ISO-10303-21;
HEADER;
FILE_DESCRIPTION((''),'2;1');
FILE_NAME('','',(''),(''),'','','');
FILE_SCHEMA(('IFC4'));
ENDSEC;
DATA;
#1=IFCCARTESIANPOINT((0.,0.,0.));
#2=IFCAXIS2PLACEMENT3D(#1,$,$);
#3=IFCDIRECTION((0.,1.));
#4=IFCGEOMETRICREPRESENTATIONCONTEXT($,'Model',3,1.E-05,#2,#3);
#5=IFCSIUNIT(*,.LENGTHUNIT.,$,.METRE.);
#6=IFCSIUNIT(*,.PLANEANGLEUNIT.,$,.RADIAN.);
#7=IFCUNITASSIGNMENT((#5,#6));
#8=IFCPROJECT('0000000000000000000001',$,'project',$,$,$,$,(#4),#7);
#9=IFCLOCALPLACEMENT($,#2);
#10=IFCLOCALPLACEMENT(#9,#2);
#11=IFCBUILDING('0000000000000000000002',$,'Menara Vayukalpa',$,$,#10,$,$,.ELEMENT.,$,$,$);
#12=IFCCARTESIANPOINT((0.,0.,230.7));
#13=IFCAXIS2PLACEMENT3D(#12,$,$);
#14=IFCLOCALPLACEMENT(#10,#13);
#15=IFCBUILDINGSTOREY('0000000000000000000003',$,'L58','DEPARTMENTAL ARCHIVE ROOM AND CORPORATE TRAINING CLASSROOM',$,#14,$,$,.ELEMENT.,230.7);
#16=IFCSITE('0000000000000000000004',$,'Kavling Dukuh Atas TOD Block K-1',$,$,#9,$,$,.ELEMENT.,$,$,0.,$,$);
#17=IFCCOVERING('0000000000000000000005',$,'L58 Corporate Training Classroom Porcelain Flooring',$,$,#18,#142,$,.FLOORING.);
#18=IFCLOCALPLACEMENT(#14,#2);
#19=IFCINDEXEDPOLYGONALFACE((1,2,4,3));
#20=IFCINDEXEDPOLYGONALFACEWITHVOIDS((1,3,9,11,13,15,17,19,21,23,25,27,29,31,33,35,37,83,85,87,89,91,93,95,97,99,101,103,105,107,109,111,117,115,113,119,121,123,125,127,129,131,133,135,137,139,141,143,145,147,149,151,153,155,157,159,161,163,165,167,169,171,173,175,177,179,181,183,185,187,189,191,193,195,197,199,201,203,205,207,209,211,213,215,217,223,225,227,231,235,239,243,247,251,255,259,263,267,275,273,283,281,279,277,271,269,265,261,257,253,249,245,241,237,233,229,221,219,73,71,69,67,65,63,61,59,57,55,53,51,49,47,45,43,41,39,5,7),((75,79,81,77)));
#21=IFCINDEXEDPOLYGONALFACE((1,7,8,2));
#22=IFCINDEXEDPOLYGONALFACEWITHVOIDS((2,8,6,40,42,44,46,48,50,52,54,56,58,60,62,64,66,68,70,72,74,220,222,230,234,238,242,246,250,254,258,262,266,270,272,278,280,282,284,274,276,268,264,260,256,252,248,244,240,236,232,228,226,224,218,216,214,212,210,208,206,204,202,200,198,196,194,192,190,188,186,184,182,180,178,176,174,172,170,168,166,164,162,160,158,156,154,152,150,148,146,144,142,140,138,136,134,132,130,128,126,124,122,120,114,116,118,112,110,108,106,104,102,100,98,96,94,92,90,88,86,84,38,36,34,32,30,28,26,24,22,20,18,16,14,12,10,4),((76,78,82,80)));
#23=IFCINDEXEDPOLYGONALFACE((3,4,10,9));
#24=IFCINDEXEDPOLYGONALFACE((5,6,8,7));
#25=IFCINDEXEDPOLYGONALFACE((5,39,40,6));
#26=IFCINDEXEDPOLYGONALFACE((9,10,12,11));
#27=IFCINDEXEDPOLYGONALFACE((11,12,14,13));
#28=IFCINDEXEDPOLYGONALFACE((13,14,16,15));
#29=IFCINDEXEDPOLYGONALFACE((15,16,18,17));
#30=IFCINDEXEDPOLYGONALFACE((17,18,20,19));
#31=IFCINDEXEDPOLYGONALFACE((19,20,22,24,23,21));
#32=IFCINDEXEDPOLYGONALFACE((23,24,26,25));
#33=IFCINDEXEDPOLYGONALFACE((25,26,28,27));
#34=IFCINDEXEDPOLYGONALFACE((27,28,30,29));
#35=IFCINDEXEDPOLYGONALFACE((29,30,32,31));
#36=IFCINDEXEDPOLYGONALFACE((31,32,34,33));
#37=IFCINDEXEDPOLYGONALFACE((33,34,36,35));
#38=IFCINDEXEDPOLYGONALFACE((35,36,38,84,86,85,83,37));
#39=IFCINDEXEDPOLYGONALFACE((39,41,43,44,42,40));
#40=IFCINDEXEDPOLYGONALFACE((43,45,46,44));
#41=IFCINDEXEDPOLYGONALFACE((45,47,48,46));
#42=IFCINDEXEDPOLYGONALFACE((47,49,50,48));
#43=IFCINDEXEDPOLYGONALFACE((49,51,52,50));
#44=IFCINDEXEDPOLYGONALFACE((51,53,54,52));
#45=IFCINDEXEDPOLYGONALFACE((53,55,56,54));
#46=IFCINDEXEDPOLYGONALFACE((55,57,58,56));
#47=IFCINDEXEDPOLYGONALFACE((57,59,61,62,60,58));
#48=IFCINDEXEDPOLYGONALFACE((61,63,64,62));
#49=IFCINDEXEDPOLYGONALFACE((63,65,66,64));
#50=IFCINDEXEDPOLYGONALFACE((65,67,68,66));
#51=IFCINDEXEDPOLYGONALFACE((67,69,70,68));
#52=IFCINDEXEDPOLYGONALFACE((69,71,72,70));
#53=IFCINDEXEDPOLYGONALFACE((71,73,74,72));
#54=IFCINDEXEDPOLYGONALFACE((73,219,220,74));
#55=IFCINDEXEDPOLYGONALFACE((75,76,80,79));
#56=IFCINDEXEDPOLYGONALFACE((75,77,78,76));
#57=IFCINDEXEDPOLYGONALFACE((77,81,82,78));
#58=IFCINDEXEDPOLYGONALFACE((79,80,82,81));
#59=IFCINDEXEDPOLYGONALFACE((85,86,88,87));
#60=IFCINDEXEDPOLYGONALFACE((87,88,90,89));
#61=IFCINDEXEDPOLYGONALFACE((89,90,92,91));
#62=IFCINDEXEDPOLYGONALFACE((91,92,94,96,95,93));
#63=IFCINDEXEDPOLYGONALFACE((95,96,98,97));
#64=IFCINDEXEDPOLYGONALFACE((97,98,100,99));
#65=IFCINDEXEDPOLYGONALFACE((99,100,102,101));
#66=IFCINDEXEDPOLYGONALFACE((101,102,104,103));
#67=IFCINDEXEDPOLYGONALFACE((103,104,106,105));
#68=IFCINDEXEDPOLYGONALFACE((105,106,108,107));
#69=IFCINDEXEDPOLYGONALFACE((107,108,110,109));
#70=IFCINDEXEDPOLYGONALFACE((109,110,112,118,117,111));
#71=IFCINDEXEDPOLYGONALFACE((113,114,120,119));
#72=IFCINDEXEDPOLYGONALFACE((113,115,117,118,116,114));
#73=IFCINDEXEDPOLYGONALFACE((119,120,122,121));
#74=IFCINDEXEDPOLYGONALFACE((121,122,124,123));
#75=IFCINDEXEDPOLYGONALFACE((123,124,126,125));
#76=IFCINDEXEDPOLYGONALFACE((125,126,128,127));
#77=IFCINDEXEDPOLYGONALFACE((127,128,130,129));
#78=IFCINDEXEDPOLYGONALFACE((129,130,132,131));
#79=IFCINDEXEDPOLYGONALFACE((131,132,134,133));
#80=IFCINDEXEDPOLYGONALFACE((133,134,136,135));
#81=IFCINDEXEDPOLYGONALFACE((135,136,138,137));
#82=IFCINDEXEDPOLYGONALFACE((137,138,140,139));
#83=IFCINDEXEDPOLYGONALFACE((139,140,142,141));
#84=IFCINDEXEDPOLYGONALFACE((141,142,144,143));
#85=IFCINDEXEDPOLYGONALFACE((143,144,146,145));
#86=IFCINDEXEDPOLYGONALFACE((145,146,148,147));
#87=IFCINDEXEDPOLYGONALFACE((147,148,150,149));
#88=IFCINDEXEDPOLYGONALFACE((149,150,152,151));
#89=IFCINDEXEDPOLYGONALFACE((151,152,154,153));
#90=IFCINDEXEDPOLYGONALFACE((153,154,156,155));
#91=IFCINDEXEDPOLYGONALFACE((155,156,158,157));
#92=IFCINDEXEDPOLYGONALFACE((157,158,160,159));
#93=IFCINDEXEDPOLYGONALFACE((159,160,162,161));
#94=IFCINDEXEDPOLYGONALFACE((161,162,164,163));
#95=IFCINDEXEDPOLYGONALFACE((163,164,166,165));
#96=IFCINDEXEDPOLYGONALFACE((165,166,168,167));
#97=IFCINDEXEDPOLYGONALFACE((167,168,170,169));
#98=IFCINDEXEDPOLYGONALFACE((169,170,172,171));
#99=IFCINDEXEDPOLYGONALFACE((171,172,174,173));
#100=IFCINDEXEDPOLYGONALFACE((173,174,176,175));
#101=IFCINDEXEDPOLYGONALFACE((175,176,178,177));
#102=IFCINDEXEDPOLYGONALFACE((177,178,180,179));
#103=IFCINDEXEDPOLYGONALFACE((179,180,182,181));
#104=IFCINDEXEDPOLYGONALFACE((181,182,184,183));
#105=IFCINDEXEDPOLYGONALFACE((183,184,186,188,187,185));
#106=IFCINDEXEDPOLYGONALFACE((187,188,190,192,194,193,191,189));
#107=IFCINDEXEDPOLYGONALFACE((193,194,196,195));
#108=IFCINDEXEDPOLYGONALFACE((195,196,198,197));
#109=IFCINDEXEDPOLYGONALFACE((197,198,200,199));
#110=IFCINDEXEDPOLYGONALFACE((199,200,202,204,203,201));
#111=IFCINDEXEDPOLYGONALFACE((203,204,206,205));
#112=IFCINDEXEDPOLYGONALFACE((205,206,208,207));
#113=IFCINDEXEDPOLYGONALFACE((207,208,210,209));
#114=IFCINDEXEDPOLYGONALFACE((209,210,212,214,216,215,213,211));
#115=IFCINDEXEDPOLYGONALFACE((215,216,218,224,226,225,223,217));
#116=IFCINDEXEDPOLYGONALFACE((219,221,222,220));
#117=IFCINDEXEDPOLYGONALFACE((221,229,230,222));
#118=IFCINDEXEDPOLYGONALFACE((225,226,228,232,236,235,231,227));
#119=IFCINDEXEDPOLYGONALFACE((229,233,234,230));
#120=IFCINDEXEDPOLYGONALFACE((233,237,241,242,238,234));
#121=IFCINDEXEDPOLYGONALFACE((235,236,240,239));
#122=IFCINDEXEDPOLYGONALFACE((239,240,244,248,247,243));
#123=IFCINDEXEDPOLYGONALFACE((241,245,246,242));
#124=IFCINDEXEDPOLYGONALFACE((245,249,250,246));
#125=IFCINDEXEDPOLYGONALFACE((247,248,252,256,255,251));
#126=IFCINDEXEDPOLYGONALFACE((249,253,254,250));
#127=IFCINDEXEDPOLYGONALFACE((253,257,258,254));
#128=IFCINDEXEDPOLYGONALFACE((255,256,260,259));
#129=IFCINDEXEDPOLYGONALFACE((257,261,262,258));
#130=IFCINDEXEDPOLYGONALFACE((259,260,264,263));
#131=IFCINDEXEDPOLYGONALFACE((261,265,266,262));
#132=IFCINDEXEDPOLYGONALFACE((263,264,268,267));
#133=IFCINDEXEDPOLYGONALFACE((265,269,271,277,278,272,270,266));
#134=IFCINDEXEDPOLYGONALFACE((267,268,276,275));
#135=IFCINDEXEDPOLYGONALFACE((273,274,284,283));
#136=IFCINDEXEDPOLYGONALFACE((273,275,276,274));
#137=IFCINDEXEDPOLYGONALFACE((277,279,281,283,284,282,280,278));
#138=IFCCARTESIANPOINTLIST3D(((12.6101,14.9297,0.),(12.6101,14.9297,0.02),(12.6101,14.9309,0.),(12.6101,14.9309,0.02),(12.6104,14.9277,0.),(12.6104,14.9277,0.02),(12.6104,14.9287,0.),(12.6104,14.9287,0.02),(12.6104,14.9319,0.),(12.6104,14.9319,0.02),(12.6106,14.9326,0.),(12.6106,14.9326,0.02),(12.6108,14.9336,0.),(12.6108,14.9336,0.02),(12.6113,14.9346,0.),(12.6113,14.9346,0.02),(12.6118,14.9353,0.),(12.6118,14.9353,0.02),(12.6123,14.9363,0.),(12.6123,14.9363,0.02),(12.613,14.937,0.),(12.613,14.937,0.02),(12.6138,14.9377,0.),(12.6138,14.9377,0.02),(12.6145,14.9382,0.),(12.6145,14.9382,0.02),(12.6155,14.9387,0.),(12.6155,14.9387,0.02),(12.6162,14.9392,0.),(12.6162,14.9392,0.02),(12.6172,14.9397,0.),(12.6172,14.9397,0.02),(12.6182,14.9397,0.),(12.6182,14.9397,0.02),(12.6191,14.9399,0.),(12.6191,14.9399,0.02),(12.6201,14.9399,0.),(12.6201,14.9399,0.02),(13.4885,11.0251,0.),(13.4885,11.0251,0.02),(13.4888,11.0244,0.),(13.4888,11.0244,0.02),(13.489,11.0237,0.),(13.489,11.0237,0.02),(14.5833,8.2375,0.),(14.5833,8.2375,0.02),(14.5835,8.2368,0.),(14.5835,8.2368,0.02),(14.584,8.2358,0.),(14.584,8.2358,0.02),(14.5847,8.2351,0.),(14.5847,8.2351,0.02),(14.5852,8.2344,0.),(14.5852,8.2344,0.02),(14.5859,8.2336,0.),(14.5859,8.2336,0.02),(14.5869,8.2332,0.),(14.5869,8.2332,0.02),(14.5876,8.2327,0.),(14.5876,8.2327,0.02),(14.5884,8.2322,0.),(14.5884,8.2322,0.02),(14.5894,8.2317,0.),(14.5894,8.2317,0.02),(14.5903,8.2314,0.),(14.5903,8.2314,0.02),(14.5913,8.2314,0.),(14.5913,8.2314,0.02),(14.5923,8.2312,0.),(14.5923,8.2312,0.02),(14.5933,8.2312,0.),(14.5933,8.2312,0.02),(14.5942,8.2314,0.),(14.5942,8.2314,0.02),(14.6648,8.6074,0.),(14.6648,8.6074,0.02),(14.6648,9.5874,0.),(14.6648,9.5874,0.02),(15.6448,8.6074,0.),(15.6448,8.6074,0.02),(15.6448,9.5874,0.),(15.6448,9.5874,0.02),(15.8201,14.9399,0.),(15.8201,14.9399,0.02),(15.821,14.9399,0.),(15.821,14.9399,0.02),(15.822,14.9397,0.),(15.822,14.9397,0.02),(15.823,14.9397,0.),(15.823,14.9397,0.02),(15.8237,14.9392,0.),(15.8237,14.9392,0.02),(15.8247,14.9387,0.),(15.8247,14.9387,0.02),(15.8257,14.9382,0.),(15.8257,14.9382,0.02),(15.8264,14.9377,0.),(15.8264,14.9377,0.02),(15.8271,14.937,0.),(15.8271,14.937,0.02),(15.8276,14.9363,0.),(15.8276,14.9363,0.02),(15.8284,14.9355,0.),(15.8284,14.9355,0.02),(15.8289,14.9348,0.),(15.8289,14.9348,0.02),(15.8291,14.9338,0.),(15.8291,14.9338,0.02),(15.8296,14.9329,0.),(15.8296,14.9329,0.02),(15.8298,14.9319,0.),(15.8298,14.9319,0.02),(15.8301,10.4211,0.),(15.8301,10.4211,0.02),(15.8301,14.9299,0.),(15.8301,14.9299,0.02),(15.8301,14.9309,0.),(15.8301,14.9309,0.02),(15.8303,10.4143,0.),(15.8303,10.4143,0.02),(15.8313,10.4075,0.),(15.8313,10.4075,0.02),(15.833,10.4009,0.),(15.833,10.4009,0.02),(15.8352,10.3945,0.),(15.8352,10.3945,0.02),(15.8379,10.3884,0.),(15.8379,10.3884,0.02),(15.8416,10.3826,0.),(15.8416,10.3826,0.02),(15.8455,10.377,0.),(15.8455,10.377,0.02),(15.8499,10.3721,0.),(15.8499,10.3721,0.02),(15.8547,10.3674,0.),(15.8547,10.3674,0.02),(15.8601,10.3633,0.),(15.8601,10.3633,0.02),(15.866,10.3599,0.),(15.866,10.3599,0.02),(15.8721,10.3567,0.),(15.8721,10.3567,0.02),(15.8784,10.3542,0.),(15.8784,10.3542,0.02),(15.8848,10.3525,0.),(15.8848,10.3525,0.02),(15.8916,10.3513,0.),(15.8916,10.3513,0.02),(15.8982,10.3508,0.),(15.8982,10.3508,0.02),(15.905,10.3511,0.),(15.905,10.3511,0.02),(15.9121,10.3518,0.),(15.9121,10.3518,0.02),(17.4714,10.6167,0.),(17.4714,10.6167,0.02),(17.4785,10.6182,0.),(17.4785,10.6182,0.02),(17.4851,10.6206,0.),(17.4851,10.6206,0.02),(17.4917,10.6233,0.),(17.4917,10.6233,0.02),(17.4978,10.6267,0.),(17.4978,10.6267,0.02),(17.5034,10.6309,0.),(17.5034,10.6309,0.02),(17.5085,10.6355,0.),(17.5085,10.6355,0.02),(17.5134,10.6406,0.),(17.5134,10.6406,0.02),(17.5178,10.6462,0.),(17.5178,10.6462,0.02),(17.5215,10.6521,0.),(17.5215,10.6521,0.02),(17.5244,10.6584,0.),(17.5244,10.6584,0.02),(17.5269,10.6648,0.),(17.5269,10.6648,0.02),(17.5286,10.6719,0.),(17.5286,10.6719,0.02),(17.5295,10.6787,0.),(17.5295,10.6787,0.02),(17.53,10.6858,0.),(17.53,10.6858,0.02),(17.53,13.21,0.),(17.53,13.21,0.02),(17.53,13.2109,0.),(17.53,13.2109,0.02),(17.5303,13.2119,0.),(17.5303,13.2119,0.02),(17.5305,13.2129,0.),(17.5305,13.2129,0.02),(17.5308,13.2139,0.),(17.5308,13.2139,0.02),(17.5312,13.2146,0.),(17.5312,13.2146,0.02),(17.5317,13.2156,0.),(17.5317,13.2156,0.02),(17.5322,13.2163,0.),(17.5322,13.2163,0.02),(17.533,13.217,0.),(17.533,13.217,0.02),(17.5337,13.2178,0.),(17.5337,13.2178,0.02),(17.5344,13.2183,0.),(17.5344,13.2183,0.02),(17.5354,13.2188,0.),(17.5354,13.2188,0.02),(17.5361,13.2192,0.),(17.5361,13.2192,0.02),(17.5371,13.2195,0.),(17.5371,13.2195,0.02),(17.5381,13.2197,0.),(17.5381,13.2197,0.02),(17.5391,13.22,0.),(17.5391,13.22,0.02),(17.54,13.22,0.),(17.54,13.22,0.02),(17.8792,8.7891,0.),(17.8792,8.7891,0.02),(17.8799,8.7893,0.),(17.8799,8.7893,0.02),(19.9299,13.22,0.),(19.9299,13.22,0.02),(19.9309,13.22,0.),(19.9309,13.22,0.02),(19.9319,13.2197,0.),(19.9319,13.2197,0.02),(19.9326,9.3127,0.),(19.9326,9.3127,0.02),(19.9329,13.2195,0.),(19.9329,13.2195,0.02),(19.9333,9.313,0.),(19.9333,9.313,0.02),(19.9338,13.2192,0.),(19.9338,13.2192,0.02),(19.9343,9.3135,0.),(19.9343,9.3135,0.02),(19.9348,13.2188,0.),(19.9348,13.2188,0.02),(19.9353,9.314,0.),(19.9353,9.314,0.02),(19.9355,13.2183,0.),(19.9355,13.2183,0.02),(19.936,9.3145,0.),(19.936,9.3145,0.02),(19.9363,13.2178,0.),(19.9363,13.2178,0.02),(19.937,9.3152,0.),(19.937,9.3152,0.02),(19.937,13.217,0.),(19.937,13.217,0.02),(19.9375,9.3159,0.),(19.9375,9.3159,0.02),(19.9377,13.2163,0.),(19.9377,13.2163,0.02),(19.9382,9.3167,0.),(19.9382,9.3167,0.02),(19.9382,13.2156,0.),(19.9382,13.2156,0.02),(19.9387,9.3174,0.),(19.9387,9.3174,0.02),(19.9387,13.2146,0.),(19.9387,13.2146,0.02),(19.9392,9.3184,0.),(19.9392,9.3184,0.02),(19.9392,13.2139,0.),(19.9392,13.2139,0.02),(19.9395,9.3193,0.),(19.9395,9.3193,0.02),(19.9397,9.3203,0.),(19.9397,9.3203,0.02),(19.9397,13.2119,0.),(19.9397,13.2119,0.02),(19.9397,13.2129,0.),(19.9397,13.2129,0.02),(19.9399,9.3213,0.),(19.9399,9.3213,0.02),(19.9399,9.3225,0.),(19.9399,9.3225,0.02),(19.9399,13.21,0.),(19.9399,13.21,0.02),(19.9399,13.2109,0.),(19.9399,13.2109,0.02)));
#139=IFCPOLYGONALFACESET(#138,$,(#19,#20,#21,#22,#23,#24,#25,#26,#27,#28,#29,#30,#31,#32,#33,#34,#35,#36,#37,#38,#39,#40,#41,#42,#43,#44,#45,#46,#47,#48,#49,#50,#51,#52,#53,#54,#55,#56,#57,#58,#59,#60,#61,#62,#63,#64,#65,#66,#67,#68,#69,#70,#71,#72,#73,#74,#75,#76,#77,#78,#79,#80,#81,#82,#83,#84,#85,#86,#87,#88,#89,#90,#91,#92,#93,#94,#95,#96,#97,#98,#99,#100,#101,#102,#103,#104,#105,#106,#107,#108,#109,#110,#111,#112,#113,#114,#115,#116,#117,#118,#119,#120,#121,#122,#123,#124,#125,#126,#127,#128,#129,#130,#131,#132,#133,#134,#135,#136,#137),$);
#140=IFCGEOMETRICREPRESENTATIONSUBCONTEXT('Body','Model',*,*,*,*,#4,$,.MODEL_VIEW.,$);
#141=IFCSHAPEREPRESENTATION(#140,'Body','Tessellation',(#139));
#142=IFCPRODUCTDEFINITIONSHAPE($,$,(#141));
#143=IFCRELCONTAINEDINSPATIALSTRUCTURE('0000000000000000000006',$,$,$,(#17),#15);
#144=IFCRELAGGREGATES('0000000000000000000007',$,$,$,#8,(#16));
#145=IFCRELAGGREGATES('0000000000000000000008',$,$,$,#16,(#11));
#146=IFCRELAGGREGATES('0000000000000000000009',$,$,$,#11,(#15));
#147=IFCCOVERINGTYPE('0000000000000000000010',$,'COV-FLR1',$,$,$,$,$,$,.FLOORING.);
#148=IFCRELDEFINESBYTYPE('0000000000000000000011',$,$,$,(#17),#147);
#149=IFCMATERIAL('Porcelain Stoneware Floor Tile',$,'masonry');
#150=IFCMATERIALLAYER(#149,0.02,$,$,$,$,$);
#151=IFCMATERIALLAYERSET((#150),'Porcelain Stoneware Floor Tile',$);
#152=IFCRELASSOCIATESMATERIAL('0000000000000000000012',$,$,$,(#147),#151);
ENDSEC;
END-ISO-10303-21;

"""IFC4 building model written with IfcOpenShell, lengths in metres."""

from ifc_helpers import new_model, si_unit, direction, frame, origin, place, context, subcontext, project, spatial, polyline, outline, extrude, material, layer, layer_set, type_object, element, save


model = new_model("IFC4")

# Units and contexts
model_context = context("Model", 3, precision=1e-05, world=origin(), true_north=direction((0.0, 1.0)))
body_context = subcontext(model_context, "Body", "Model", "MODEL_VIEW")
ifc_project = project(units=[si_unit("LENGTHUNIT", "METRE"), si_unit("PLANEANGLEUNIT", "RADIAN")], contexts=[model_context])

# Site, building, storey
site_placement = place(None, origin())
site = spatial("IfcSite", under=ifc_project, at=site_placement, Name="Kavling Dukuh Atas TOD Block K-1", CompositionType="ELEMENT", RefElevation=0.0)
building_placement = place(site_placement, origin())
building = spatial("IfcBuilding", under=site, at=building_placement, Name="Menara Vayukalpa", CompositionType="ELEMENT")
storey_placement = place(building_placement, frame((0.0, 0.0, 230.7)))
storey = spatial("IfcBuildingStorey", under=building, at=storey_placement, Name="L58", Description="DEPARTMENTAL ARCHIVE ROOM AND CORPORATE TRAINING CLASSROOM", CompositionType="ELEMENT", Elevation=230.7)

# Covering
ifc_material_1 = material(Name="Porcelain Stoneware Floor Tile", Category="masonry")
ifc_layer_1 = layer(ifc_material_1, 0.02)
ifc_layer_set_1 = layer_set([ifc_layer_1], Name="Porcelain Stoneware Floor Tile")
covering_type_1 = type_object("IfcCoveringType", Name="COV-FLR1", PredefinedType="FLOORING", material=ifc_layer_set_1)
covering_1_placement = place(storey_placement, origin())
element("IfcCovering", 1, at=covering_1_placement, inside=storey, type_object=covering_type_1, Name="L58 Corporate Training Classroom Porcelain Flooring", PredefinedType="FLOORING", context=body_context, shape_type="SweptSolid", body=[
    extrude(outline(polyline([(14.5942, 8.2314), (14.5933, 8.2312), (14.5923, 8.2312), (14.5913, 8.2314), (14.5903, 8.2314), (14.5894, 8.2317), (14.5884, 8.2322), (14.5876, 8.2327), (14.5869, 8.2332), (14.5859, 8.2336), (14.5852, 8.2344), (14.5847, 8.2351), (14.584, 8.2358), (14.5835, 8.2368), (14.5833, 8.2375), (13.489, 11.0237), (13.4888, 11.0244), (13.4885, 11.0251), (12.6104, 14.9277), (12.6104, 14.9287), (12.6101, 14.9297), (12.6101, 14.9309), (12.6104, 14.9319), (12.6106, 14.9326), (12.6108, 14.9336), (12.6113, 14.9346), (12.6118, 14.9353), (12.6123, 14.9363), (12.613, 14.937), (12.6138, 14.9377), (12.6145, 14.9382), (12.6155, 14.9387), (12.6162, 14.9392), (12.6172, 14.9397), (12.6182, 14.9397), (12.6191, 14.9399), (12.6201, 14.9399), (15.8201, 14.9399), (15.821, 14.9399), (15.822, 14.9397), (15.823, 14.9397), (15.8237, 14.9392), (15.8247, 14.9387), (15.8257, 14.9382), (15.8264, 14.9377), (15.8271, 14.937), (15.8276, 14.9363), (15.8284, 14.9355), (15.8289, 14.9348), (15.8291, 14.9338), (15.8296, 14.9329), (15.8298, 14.9319), (15.8301, 14.9309), (15.8301, 14.9299), (15.8301, 10.4211), (15.8303, 10.4143), (15.8313, 10.4075), (15.833, 10.4009), (15.8352, 10.3945), (15.8379, 10.3884), (15.8416, 10.3826), (15.8455, 10.377), (15.8499, 10.3721), (15.8547, 10.3674), (15.8601, 10.3633), (15.866, 10.3599), (15.8721, 10.3567), (15.8784, 10.3542), (15.8848, 10.3525), (15.8916, 10.3513), (15.8982, 10.3508), (15.905, 10.3511), (15.9121, 10.3518), (17.4714, 10.6167), (17.4785, 10.6182), (17.4851, 10.6206), (17.4917, 10.6233), (17.4978, 10.6267), (17.5034, 10.6309), (17.5085, 10.6355), (17.5134, 10.6406), (17.5178, 10.6462), (17.5215, 10.6521), (17.5244, 10.6584), (17.5269, 10.6648), (17.5286, 10.6719), (17.5295, 10.6787), (17.53, 10.6858), (17.53, 13.21), (17.53, 13.2109), (17.5303, 13.2119), (17.5305, 13.2129), (17.5308, 13.2139), (17.5312, 13.2146), (17.5317, 13.2156), (17.5322, 13.2163), (17.533, 13.217), (17.5337, 13.2178), (17.5344, 13.2183), (17.5354, 13.2188), (17.5361, 13.2192), (17.5371, 13.2195), (17.5381, 13.2197), (17.5391, 13.22), (17.54, 13.22), (19.9299, 13.22), (19.9309, 13.22), (19.9319, 13.2197), (19.9329, 13.2195), (19.9338, 13.2192), (19.9348, 13.2188), (19.9355, 13.2183), (19.9363, 13.2178), (19.937, 13.217), (19.9377, 13.2163), (19.9382, 13.2156), (19.9387, 13.2146), (19.9392, 13.2139), (19.9397, 13.2129), (19.9397, 13.2119), (19.9399, 13.2109), (19.9399, 13.21), (19.9399, 9.3225), (19.9399, 9.3213), (19.9397, 9.3203), (19.9395, 9.3193), (19.9392, 9.3184), (19.9387, 9.3174), (19.9382, 9.3167), (19.9375, 9.3159), (19.937, 9.3152), (19.936, 9.3145), (19.9353, 9.314), (19.9343, 9.3135), (19.9333, 9.313), (19.9326, 9.3127), (17.8799, 8.7893), (17.8792, 8.7891), (14.5942, 8.2314)]), holes=[polyline([(15.6448, 9.5874), (14.6648, 9.5874), (14.6648, 8.6074), (15.6448, 8.6074), (15.6448, 9.5874)])]), origin(), (0.0, 0.0, 1.0), 0.02),
])

save(model, "model.ifc")
